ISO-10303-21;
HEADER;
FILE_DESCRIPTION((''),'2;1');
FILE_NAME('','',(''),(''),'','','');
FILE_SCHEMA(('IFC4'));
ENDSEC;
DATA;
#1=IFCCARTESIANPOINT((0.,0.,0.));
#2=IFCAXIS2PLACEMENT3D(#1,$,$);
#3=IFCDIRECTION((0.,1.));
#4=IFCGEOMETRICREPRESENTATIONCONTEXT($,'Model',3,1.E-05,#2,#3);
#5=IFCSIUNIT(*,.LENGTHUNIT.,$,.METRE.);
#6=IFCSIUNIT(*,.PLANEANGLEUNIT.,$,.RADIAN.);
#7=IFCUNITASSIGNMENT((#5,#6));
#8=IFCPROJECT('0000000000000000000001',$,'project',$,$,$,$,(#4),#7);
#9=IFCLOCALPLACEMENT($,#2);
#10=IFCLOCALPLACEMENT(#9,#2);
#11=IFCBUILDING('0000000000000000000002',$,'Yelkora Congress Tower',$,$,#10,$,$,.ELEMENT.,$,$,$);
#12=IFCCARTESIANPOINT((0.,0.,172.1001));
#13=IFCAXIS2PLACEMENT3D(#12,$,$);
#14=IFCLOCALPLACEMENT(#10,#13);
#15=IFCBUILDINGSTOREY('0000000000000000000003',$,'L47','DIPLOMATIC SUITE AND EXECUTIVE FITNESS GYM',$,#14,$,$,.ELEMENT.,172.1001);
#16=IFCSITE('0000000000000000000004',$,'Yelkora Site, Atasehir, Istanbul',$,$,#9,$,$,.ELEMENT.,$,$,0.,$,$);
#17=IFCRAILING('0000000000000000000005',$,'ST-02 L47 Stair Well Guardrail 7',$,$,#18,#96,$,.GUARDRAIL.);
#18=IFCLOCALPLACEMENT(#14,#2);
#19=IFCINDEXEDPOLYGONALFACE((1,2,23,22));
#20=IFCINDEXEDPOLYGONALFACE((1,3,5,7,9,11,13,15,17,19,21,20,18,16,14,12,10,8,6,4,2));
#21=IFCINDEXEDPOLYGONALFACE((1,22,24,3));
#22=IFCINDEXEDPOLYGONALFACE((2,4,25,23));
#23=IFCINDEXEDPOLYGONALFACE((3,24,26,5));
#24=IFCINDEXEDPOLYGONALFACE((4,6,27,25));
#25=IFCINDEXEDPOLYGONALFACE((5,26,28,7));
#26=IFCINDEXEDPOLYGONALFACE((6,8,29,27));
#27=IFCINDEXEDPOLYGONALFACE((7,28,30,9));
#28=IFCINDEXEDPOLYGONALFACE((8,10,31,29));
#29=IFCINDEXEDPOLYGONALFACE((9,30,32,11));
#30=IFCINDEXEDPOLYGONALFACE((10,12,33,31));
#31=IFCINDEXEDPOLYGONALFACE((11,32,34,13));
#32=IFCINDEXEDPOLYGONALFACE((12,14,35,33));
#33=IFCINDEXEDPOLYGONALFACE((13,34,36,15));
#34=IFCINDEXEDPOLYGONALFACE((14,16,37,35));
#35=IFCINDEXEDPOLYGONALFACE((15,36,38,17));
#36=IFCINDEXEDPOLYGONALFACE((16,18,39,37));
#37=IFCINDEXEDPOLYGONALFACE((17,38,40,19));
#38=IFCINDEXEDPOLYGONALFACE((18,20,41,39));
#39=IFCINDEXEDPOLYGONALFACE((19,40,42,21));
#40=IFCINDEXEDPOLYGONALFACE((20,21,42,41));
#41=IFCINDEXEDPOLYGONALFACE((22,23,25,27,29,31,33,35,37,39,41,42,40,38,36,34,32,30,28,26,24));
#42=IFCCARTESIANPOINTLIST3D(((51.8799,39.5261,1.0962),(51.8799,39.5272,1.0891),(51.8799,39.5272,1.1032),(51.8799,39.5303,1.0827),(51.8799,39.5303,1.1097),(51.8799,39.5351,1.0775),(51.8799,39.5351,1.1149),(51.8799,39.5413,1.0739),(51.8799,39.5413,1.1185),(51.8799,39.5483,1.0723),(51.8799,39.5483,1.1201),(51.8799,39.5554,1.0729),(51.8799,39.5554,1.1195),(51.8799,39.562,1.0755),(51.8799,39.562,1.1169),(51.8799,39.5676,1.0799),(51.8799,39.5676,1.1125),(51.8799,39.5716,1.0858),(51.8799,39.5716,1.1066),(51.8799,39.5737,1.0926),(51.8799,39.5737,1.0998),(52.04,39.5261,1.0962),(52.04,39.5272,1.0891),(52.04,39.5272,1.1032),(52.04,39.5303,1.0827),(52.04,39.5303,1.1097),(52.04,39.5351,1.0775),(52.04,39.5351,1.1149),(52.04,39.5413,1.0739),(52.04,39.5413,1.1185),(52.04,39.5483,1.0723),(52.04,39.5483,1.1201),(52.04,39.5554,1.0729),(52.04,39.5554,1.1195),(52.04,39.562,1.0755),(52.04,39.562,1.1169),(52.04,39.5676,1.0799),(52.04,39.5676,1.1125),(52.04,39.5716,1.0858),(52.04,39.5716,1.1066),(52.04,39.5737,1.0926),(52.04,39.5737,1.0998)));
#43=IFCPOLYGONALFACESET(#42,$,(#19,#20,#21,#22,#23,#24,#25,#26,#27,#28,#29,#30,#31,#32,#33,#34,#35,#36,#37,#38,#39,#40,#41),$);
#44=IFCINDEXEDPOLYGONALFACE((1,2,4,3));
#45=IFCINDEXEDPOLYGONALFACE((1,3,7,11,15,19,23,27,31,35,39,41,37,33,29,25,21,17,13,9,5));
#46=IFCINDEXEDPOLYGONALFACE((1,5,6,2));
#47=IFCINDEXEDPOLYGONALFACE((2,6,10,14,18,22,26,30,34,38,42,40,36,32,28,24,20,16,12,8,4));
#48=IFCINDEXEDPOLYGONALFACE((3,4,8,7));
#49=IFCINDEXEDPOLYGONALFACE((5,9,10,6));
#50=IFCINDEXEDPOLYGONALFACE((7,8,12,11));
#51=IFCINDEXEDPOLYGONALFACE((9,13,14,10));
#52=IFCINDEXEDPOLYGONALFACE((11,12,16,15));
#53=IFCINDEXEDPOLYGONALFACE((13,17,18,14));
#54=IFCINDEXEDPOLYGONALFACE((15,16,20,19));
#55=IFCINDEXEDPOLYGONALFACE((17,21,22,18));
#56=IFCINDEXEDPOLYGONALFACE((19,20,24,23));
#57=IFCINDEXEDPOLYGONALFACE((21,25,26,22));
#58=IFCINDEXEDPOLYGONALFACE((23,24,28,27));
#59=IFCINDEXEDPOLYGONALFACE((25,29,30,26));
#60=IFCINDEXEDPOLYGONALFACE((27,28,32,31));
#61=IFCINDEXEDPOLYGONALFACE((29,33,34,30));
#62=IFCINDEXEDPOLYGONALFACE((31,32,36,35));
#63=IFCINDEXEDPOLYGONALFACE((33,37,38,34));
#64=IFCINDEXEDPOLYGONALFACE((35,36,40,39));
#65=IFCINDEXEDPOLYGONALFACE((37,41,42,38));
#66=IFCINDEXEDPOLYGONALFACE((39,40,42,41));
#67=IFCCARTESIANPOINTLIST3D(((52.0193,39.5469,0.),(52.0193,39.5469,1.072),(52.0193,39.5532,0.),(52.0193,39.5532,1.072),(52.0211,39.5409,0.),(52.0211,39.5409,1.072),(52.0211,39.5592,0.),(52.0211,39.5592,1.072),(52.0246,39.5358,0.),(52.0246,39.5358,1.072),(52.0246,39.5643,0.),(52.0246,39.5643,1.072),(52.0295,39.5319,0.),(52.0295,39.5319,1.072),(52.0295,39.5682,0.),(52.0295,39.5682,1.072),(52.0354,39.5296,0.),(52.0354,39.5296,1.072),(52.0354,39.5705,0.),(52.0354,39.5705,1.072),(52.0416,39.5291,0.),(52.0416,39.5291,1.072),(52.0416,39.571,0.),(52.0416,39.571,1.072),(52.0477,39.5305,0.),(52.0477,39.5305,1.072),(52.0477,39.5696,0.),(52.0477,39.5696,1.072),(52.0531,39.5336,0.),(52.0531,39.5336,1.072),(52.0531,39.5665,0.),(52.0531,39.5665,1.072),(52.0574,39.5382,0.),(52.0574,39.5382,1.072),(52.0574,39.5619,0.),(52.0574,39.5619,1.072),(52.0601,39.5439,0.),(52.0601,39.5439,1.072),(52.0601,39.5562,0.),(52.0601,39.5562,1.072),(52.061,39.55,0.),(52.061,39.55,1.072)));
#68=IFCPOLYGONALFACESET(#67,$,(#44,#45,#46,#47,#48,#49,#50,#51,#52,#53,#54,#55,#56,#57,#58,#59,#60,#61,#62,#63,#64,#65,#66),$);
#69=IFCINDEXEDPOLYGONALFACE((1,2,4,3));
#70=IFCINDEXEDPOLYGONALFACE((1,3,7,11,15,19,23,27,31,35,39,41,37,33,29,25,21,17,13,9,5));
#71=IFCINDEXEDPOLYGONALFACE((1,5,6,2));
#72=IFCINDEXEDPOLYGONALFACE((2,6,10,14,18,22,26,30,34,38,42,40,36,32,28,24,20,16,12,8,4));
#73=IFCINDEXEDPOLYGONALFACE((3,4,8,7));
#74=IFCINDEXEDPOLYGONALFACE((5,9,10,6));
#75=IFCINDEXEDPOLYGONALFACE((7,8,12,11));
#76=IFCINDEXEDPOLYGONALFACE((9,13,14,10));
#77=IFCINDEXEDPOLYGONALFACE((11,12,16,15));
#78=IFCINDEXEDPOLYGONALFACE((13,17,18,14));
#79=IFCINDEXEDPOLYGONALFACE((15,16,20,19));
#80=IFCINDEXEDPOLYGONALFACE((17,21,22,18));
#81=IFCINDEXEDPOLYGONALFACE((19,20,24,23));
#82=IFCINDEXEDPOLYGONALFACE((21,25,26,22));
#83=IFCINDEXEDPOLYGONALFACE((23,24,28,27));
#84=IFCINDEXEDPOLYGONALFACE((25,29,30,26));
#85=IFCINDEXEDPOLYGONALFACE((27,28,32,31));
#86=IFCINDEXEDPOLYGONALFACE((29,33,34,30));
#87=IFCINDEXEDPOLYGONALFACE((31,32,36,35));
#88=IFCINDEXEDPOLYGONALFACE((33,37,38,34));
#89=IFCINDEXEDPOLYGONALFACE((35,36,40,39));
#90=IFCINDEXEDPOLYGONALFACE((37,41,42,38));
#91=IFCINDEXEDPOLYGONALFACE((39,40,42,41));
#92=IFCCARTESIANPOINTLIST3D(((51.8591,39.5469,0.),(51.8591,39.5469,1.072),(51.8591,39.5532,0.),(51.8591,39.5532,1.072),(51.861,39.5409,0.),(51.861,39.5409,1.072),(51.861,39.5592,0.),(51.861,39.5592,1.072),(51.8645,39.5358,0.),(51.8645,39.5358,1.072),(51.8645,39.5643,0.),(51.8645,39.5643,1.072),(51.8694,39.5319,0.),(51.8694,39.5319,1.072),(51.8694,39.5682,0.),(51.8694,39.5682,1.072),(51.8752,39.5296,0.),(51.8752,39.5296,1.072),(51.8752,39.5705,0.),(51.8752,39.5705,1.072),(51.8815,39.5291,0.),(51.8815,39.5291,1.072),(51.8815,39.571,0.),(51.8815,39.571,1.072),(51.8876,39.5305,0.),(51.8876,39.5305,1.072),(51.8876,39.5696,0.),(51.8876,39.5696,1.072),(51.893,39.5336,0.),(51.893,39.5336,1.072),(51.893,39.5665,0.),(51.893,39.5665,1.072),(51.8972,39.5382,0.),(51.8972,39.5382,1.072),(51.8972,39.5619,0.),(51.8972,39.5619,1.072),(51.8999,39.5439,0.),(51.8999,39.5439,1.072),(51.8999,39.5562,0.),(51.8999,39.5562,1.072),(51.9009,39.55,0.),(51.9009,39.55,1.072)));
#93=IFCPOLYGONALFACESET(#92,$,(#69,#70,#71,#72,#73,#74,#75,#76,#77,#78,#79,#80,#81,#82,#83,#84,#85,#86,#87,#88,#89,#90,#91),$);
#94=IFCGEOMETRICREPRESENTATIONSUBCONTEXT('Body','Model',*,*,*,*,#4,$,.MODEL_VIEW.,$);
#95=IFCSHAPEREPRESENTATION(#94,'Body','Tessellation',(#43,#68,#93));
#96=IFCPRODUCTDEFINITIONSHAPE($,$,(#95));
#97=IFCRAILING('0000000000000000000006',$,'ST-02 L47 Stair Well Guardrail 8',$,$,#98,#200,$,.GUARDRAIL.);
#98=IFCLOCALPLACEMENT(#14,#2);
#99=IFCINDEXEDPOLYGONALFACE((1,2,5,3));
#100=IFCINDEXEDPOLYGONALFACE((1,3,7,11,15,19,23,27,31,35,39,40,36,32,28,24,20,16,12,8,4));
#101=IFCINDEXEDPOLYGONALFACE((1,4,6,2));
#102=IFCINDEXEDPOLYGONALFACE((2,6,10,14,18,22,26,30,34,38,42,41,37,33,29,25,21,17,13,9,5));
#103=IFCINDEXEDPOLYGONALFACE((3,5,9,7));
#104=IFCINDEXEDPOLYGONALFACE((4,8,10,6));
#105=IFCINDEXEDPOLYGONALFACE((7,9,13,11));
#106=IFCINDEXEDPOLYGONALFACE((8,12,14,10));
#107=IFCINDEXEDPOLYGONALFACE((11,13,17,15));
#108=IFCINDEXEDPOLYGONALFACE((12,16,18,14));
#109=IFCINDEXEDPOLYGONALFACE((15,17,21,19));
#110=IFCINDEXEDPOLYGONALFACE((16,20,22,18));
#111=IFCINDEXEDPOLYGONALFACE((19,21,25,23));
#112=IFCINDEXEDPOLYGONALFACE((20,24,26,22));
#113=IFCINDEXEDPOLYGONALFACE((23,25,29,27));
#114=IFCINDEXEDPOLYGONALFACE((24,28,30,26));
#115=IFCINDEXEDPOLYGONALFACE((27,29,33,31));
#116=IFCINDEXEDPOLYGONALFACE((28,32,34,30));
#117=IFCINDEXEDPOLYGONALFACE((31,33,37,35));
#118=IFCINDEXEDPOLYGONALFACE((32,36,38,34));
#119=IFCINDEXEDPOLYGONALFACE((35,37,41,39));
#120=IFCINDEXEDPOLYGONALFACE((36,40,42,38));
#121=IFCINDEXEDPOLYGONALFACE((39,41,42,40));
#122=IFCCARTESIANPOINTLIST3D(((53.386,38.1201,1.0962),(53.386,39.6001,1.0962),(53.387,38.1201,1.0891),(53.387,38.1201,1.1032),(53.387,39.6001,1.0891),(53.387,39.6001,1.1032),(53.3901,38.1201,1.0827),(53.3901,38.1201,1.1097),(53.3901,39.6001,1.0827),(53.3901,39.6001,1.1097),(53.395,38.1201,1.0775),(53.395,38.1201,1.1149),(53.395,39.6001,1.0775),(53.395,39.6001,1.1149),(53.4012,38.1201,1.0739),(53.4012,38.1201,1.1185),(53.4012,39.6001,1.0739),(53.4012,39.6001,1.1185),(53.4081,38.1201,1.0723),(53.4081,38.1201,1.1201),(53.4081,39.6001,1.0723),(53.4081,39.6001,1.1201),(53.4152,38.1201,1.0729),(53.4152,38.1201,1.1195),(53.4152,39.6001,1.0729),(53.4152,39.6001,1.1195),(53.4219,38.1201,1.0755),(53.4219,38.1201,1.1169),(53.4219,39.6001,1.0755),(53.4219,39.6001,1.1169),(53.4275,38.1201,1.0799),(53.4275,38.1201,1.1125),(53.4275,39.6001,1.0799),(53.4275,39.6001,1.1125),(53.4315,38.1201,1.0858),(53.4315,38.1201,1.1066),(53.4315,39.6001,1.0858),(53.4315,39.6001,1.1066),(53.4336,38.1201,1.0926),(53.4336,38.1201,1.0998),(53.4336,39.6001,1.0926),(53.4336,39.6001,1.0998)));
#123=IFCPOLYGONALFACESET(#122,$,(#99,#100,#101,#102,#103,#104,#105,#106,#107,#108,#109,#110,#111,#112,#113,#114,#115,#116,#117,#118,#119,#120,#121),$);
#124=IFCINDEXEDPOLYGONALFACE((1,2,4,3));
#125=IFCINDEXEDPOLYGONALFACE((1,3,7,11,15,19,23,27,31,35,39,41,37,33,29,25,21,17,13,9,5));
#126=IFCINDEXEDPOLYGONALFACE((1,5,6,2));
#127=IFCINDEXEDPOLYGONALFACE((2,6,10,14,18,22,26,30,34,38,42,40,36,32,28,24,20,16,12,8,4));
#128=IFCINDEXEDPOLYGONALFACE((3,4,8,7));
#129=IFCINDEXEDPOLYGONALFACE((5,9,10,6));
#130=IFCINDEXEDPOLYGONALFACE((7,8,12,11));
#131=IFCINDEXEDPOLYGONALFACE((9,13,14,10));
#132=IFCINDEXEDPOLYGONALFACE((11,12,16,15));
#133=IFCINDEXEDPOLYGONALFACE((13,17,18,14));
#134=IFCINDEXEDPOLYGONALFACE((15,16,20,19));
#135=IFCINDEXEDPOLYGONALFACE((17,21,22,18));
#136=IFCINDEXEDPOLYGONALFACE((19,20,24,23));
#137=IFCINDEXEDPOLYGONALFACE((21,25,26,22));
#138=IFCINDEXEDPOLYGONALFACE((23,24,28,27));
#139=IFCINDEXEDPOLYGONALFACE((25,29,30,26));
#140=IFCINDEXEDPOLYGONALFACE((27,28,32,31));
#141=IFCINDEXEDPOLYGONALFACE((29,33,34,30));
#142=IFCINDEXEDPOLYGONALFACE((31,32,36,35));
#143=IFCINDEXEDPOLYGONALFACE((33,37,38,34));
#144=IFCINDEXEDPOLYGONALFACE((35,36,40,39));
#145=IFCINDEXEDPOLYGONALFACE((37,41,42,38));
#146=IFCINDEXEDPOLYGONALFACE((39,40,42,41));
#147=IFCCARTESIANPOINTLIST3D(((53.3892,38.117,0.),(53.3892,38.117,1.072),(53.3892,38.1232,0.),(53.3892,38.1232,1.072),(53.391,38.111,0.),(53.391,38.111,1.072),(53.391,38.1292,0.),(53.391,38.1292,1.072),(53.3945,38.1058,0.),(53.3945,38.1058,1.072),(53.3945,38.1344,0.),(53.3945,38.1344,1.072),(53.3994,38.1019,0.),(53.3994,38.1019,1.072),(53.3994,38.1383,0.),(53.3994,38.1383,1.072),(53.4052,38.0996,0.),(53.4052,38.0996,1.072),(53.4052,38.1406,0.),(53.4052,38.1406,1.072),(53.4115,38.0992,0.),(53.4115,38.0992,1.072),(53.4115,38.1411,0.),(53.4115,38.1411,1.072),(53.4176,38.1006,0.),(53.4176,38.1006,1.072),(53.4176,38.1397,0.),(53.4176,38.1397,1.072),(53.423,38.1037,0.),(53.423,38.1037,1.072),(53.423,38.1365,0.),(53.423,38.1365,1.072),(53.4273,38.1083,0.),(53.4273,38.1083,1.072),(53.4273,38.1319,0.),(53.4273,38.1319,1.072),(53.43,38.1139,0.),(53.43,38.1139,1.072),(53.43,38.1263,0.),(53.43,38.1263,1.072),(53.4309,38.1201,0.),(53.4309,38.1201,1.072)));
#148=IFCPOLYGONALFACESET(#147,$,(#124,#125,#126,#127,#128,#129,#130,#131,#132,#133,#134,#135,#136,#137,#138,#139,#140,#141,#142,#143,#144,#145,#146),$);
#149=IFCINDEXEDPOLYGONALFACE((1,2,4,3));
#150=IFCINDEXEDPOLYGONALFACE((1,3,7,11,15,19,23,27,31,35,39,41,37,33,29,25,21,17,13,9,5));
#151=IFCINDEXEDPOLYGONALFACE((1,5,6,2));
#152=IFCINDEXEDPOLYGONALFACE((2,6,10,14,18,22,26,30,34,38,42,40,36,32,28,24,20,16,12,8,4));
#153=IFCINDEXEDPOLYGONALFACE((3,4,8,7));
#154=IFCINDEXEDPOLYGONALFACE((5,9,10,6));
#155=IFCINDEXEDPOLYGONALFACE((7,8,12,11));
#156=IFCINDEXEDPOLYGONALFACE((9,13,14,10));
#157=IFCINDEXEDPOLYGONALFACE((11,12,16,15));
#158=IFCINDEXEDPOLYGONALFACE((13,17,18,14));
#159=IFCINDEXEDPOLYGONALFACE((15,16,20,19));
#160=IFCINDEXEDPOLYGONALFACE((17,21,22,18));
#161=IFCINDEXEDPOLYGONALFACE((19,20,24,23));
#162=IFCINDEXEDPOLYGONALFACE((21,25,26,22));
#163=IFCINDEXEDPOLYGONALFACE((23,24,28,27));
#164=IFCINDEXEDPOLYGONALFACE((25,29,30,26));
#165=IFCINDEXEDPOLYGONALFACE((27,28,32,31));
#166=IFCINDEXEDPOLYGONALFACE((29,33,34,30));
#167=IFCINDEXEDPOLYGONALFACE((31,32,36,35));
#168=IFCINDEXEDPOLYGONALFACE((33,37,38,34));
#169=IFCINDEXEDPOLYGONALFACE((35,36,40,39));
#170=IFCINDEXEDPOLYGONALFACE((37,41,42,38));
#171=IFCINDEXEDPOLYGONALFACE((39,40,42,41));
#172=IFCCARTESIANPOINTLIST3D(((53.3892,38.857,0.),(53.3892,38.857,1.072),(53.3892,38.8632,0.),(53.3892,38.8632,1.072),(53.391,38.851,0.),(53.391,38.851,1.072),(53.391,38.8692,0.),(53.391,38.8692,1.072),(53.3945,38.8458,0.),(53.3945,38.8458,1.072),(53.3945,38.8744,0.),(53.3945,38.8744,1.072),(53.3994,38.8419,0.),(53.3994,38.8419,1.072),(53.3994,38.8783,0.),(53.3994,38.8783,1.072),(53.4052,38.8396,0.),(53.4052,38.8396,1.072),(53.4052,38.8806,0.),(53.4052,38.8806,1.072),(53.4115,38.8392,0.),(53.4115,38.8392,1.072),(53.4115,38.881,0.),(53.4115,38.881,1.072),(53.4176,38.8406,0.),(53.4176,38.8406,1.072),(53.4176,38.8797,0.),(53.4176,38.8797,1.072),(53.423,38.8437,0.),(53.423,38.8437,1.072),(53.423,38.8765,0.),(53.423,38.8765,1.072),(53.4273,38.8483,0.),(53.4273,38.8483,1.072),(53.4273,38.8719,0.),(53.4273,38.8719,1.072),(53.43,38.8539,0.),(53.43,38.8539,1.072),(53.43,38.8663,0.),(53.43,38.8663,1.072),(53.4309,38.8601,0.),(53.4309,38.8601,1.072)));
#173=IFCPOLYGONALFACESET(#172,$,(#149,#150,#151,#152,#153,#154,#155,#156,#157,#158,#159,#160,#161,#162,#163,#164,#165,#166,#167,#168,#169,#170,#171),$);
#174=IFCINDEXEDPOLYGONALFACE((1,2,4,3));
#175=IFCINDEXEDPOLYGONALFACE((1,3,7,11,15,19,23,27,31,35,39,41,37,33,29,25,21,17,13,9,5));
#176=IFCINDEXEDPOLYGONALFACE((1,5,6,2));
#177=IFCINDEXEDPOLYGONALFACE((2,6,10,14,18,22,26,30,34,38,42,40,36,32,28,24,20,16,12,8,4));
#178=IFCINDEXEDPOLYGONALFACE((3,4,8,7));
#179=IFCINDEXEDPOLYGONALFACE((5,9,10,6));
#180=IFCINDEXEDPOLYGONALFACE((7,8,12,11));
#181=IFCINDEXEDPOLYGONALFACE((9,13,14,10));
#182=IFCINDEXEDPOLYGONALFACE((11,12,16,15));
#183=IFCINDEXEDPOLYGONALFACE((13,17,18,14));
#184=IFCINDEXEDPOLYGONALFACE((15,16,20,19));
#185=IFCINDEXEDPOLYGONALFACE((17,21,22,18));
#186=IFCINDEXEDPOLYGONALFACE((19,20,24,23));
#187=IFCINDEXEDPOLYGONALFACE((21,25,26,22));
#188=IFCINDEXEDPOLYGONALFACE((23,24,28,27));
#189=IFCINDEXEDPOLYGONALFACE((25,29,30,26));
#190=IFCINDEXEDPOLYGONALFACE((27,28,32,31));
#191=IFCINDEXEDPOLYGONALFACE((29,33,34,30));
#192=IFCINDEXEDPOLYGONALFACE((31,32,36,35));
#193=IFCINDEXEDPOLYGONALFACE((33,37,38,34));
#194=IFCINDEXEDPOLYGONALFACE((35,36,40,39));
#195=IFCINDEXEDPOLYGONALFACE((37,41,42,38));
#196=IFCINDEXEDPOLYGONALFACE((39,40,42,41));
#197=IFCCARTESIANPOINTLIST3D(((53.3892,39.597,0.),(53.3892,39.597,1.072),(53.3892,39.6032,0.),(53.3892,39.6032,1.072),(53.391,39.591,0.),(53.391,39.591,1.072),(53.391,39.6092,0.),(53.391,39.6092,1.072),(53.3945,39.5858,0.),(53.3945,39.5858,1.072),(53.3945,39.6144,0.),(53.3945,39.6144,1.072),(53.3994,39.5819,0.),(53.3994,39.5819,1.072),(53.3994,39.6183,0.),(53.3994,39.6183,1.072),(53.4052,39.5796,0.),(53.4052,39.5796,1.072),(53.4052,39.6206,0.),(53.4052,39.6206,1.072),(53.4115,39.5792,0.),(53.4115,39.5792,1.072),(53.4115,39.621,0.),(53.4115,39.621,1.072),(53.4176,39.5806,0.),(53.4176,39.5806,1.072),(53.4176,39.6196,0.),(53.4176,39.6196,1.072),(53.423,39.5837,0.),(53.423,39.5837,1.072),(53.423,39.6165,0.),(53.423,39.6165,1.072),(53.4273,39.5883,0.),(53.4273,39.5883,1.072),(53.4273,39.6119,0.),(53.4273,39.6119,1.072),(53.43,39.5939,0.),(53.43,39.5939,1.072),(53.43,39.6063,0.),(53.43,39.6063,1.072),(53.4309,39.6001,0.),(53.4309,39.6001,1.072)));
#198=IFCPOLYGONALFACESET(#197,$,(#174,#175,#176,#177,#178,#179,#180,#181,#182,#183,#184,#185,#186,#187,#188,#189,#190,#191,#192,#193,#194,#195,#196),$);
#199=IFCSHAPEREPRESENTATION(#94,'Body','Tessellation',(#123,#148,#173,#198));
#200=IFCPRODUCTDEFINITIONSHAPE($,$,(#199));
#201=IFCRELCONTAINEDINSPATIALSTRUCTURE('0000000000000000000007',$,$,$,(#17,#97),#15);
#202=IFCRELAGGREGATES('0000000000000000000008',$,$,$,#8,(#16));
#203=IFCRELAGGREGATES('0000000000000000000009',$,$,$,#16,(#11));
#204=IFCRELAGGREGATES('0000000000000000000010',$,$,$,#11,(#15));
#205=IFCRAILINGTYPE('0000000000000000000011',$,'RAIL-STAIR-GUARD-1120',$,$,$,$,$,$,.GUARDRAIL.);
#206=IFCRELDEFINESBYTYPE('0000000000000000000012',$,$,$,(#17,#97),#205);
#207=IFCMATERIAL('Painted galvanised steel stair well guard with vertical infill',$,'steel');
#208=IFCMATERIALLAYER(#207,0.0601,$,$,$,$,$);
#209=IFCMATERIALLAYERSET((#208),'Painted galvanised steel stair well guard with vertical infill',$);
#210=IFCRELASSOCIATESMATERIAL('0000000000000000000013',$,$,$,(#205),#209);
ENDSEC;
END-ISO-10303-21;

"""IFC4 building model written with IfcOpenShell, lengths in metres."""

from ifc_helpers import new_model, si_unit, direction, frame, origin, origin_2d, place, context, subcontext, project, spatial, circle, extrude, material, layer, layer_set, type_object, element, save


model = new_model("IFC4")

# Units and contexts
model_context = context("Model", 3, precision=1e-05, world=origin(), true_north=direction((0.0, 1.0)))
body_context = subcontext(model_context, "Body", "Model", "MODEL_VIEW")
ifc_project = project(units=[si_unit("LENGTHUNIT", "METRE"), si_unit("PLANEANGLEUNIT", "RADIAN")], contexts=[model_context])

# Site, building, storey
site_placement = place(None, origin())
site = spatial("IfcSite", under=ifc_project, at=site_placement, Name="Yelkora Site, Atasehir, Istanbul", CompositionType="ELEMENT", RefElevation=0.0)
building_placement = place(site_placement, origin())
building = spatial("IfcBuilding", under=site, at=building_placement, Name="Yelkora Congress Tower", CompositionType="ELEMENT")
storey_placement = place(building_placement, frame((0.0, 0.0, 172.1001)))
storey = spatial("IfcBuildingStorey", under=building, at=storey_placement, Name="L47", Description="DIPLOMATIC SUITE AND EXECUTIVE FITNESS GYM", CompositionType="ELEMENT", Elevation=172.1001)

# Railings
ifc_material_1 = material(Name="Painted galvanised steel stair well guard with vertical infill", Category="steel")
ifc_layer_1 = layer(ifc_material_1, 0.0601)
ifc_layer_set_1 = layer_set([ifc_layer_1], Name="Painted galvanised steel stair well guard with vertical infill")
railing_type_1 = type_object("IfcRailingType", Name="RAIL-STAIR-GUARD-1120", PredefinedType="GUARDRAIL", material=ifc_layer_set_1)
railing_1_placement = place(storey_placement, frame((52.04, 39.55, 0.0)))
element("IfcRailing", 1, at=railing_1_placement, inside=storey, type_object=railing_type_1, Name="ST-02 L47 Stair Well Guardrail 7", PredefinedType="GUARDRAIL", context=body_context, shape_type="SweptSolid", body=[
    extrude(circle(Radius=0.0239, at=origin_2d()), frame((0.0, 0.0, 1.0962), z_axis=(-1.0, 0.0, 0.0), x_axis=(0.0, -1.0, 0.0)), (0.0, 0.0, 1.0), 0.1602),
    extrude(circle(Radius=0.021, at=origin_2d()), origin(), (0.0, 0.0, 1.0), 1.072),
    extrude(circle(Radius=0.021, at=origin_2d()), frame((-0.1602, 0.0, 0.0)), (0.0, 0.0, 1.0), 1.072),
])
railing_2_placement = place(storey_placement, frame((53.4099, 38.1201, 0.0)))
element("IfcRailing", 2, at=railing_2_placement, inside=storey, type_object=railing_type_1, Name="ST-02 L47 Stair Well Guardrail 8", PredefinedType="GUARDRAIL", context=body_context, shape_type="SweptSolid", body=[
    extrude(circle(Radius=0.0239, at=origin_2d()), frame((0.0, 0.0, 1.0962), z_axis=(0.0, 1.0, 0.0), x_axis=(-1.0, 0.0, 0.0)), (0.0, 0.0, 1.0), 1.48),
    extrude(circle(Radius=0.021, at=origin_2d()), origin(), (0.0, 0.0, 1.0), 1.072),
    extrude(circle(Radius=0.021, at=origin_2d()), frame((0.0, 0.74, 0.0)), (0.0, 0.0, 1.0), 1.072),
    extrude(circle(Radius=0.021, at=origin_2d()), frame((0.0, 1.48, 0.0)), (0.0, 0.0, 1.0), 1.072),
])

save(model, "model.ifc")
